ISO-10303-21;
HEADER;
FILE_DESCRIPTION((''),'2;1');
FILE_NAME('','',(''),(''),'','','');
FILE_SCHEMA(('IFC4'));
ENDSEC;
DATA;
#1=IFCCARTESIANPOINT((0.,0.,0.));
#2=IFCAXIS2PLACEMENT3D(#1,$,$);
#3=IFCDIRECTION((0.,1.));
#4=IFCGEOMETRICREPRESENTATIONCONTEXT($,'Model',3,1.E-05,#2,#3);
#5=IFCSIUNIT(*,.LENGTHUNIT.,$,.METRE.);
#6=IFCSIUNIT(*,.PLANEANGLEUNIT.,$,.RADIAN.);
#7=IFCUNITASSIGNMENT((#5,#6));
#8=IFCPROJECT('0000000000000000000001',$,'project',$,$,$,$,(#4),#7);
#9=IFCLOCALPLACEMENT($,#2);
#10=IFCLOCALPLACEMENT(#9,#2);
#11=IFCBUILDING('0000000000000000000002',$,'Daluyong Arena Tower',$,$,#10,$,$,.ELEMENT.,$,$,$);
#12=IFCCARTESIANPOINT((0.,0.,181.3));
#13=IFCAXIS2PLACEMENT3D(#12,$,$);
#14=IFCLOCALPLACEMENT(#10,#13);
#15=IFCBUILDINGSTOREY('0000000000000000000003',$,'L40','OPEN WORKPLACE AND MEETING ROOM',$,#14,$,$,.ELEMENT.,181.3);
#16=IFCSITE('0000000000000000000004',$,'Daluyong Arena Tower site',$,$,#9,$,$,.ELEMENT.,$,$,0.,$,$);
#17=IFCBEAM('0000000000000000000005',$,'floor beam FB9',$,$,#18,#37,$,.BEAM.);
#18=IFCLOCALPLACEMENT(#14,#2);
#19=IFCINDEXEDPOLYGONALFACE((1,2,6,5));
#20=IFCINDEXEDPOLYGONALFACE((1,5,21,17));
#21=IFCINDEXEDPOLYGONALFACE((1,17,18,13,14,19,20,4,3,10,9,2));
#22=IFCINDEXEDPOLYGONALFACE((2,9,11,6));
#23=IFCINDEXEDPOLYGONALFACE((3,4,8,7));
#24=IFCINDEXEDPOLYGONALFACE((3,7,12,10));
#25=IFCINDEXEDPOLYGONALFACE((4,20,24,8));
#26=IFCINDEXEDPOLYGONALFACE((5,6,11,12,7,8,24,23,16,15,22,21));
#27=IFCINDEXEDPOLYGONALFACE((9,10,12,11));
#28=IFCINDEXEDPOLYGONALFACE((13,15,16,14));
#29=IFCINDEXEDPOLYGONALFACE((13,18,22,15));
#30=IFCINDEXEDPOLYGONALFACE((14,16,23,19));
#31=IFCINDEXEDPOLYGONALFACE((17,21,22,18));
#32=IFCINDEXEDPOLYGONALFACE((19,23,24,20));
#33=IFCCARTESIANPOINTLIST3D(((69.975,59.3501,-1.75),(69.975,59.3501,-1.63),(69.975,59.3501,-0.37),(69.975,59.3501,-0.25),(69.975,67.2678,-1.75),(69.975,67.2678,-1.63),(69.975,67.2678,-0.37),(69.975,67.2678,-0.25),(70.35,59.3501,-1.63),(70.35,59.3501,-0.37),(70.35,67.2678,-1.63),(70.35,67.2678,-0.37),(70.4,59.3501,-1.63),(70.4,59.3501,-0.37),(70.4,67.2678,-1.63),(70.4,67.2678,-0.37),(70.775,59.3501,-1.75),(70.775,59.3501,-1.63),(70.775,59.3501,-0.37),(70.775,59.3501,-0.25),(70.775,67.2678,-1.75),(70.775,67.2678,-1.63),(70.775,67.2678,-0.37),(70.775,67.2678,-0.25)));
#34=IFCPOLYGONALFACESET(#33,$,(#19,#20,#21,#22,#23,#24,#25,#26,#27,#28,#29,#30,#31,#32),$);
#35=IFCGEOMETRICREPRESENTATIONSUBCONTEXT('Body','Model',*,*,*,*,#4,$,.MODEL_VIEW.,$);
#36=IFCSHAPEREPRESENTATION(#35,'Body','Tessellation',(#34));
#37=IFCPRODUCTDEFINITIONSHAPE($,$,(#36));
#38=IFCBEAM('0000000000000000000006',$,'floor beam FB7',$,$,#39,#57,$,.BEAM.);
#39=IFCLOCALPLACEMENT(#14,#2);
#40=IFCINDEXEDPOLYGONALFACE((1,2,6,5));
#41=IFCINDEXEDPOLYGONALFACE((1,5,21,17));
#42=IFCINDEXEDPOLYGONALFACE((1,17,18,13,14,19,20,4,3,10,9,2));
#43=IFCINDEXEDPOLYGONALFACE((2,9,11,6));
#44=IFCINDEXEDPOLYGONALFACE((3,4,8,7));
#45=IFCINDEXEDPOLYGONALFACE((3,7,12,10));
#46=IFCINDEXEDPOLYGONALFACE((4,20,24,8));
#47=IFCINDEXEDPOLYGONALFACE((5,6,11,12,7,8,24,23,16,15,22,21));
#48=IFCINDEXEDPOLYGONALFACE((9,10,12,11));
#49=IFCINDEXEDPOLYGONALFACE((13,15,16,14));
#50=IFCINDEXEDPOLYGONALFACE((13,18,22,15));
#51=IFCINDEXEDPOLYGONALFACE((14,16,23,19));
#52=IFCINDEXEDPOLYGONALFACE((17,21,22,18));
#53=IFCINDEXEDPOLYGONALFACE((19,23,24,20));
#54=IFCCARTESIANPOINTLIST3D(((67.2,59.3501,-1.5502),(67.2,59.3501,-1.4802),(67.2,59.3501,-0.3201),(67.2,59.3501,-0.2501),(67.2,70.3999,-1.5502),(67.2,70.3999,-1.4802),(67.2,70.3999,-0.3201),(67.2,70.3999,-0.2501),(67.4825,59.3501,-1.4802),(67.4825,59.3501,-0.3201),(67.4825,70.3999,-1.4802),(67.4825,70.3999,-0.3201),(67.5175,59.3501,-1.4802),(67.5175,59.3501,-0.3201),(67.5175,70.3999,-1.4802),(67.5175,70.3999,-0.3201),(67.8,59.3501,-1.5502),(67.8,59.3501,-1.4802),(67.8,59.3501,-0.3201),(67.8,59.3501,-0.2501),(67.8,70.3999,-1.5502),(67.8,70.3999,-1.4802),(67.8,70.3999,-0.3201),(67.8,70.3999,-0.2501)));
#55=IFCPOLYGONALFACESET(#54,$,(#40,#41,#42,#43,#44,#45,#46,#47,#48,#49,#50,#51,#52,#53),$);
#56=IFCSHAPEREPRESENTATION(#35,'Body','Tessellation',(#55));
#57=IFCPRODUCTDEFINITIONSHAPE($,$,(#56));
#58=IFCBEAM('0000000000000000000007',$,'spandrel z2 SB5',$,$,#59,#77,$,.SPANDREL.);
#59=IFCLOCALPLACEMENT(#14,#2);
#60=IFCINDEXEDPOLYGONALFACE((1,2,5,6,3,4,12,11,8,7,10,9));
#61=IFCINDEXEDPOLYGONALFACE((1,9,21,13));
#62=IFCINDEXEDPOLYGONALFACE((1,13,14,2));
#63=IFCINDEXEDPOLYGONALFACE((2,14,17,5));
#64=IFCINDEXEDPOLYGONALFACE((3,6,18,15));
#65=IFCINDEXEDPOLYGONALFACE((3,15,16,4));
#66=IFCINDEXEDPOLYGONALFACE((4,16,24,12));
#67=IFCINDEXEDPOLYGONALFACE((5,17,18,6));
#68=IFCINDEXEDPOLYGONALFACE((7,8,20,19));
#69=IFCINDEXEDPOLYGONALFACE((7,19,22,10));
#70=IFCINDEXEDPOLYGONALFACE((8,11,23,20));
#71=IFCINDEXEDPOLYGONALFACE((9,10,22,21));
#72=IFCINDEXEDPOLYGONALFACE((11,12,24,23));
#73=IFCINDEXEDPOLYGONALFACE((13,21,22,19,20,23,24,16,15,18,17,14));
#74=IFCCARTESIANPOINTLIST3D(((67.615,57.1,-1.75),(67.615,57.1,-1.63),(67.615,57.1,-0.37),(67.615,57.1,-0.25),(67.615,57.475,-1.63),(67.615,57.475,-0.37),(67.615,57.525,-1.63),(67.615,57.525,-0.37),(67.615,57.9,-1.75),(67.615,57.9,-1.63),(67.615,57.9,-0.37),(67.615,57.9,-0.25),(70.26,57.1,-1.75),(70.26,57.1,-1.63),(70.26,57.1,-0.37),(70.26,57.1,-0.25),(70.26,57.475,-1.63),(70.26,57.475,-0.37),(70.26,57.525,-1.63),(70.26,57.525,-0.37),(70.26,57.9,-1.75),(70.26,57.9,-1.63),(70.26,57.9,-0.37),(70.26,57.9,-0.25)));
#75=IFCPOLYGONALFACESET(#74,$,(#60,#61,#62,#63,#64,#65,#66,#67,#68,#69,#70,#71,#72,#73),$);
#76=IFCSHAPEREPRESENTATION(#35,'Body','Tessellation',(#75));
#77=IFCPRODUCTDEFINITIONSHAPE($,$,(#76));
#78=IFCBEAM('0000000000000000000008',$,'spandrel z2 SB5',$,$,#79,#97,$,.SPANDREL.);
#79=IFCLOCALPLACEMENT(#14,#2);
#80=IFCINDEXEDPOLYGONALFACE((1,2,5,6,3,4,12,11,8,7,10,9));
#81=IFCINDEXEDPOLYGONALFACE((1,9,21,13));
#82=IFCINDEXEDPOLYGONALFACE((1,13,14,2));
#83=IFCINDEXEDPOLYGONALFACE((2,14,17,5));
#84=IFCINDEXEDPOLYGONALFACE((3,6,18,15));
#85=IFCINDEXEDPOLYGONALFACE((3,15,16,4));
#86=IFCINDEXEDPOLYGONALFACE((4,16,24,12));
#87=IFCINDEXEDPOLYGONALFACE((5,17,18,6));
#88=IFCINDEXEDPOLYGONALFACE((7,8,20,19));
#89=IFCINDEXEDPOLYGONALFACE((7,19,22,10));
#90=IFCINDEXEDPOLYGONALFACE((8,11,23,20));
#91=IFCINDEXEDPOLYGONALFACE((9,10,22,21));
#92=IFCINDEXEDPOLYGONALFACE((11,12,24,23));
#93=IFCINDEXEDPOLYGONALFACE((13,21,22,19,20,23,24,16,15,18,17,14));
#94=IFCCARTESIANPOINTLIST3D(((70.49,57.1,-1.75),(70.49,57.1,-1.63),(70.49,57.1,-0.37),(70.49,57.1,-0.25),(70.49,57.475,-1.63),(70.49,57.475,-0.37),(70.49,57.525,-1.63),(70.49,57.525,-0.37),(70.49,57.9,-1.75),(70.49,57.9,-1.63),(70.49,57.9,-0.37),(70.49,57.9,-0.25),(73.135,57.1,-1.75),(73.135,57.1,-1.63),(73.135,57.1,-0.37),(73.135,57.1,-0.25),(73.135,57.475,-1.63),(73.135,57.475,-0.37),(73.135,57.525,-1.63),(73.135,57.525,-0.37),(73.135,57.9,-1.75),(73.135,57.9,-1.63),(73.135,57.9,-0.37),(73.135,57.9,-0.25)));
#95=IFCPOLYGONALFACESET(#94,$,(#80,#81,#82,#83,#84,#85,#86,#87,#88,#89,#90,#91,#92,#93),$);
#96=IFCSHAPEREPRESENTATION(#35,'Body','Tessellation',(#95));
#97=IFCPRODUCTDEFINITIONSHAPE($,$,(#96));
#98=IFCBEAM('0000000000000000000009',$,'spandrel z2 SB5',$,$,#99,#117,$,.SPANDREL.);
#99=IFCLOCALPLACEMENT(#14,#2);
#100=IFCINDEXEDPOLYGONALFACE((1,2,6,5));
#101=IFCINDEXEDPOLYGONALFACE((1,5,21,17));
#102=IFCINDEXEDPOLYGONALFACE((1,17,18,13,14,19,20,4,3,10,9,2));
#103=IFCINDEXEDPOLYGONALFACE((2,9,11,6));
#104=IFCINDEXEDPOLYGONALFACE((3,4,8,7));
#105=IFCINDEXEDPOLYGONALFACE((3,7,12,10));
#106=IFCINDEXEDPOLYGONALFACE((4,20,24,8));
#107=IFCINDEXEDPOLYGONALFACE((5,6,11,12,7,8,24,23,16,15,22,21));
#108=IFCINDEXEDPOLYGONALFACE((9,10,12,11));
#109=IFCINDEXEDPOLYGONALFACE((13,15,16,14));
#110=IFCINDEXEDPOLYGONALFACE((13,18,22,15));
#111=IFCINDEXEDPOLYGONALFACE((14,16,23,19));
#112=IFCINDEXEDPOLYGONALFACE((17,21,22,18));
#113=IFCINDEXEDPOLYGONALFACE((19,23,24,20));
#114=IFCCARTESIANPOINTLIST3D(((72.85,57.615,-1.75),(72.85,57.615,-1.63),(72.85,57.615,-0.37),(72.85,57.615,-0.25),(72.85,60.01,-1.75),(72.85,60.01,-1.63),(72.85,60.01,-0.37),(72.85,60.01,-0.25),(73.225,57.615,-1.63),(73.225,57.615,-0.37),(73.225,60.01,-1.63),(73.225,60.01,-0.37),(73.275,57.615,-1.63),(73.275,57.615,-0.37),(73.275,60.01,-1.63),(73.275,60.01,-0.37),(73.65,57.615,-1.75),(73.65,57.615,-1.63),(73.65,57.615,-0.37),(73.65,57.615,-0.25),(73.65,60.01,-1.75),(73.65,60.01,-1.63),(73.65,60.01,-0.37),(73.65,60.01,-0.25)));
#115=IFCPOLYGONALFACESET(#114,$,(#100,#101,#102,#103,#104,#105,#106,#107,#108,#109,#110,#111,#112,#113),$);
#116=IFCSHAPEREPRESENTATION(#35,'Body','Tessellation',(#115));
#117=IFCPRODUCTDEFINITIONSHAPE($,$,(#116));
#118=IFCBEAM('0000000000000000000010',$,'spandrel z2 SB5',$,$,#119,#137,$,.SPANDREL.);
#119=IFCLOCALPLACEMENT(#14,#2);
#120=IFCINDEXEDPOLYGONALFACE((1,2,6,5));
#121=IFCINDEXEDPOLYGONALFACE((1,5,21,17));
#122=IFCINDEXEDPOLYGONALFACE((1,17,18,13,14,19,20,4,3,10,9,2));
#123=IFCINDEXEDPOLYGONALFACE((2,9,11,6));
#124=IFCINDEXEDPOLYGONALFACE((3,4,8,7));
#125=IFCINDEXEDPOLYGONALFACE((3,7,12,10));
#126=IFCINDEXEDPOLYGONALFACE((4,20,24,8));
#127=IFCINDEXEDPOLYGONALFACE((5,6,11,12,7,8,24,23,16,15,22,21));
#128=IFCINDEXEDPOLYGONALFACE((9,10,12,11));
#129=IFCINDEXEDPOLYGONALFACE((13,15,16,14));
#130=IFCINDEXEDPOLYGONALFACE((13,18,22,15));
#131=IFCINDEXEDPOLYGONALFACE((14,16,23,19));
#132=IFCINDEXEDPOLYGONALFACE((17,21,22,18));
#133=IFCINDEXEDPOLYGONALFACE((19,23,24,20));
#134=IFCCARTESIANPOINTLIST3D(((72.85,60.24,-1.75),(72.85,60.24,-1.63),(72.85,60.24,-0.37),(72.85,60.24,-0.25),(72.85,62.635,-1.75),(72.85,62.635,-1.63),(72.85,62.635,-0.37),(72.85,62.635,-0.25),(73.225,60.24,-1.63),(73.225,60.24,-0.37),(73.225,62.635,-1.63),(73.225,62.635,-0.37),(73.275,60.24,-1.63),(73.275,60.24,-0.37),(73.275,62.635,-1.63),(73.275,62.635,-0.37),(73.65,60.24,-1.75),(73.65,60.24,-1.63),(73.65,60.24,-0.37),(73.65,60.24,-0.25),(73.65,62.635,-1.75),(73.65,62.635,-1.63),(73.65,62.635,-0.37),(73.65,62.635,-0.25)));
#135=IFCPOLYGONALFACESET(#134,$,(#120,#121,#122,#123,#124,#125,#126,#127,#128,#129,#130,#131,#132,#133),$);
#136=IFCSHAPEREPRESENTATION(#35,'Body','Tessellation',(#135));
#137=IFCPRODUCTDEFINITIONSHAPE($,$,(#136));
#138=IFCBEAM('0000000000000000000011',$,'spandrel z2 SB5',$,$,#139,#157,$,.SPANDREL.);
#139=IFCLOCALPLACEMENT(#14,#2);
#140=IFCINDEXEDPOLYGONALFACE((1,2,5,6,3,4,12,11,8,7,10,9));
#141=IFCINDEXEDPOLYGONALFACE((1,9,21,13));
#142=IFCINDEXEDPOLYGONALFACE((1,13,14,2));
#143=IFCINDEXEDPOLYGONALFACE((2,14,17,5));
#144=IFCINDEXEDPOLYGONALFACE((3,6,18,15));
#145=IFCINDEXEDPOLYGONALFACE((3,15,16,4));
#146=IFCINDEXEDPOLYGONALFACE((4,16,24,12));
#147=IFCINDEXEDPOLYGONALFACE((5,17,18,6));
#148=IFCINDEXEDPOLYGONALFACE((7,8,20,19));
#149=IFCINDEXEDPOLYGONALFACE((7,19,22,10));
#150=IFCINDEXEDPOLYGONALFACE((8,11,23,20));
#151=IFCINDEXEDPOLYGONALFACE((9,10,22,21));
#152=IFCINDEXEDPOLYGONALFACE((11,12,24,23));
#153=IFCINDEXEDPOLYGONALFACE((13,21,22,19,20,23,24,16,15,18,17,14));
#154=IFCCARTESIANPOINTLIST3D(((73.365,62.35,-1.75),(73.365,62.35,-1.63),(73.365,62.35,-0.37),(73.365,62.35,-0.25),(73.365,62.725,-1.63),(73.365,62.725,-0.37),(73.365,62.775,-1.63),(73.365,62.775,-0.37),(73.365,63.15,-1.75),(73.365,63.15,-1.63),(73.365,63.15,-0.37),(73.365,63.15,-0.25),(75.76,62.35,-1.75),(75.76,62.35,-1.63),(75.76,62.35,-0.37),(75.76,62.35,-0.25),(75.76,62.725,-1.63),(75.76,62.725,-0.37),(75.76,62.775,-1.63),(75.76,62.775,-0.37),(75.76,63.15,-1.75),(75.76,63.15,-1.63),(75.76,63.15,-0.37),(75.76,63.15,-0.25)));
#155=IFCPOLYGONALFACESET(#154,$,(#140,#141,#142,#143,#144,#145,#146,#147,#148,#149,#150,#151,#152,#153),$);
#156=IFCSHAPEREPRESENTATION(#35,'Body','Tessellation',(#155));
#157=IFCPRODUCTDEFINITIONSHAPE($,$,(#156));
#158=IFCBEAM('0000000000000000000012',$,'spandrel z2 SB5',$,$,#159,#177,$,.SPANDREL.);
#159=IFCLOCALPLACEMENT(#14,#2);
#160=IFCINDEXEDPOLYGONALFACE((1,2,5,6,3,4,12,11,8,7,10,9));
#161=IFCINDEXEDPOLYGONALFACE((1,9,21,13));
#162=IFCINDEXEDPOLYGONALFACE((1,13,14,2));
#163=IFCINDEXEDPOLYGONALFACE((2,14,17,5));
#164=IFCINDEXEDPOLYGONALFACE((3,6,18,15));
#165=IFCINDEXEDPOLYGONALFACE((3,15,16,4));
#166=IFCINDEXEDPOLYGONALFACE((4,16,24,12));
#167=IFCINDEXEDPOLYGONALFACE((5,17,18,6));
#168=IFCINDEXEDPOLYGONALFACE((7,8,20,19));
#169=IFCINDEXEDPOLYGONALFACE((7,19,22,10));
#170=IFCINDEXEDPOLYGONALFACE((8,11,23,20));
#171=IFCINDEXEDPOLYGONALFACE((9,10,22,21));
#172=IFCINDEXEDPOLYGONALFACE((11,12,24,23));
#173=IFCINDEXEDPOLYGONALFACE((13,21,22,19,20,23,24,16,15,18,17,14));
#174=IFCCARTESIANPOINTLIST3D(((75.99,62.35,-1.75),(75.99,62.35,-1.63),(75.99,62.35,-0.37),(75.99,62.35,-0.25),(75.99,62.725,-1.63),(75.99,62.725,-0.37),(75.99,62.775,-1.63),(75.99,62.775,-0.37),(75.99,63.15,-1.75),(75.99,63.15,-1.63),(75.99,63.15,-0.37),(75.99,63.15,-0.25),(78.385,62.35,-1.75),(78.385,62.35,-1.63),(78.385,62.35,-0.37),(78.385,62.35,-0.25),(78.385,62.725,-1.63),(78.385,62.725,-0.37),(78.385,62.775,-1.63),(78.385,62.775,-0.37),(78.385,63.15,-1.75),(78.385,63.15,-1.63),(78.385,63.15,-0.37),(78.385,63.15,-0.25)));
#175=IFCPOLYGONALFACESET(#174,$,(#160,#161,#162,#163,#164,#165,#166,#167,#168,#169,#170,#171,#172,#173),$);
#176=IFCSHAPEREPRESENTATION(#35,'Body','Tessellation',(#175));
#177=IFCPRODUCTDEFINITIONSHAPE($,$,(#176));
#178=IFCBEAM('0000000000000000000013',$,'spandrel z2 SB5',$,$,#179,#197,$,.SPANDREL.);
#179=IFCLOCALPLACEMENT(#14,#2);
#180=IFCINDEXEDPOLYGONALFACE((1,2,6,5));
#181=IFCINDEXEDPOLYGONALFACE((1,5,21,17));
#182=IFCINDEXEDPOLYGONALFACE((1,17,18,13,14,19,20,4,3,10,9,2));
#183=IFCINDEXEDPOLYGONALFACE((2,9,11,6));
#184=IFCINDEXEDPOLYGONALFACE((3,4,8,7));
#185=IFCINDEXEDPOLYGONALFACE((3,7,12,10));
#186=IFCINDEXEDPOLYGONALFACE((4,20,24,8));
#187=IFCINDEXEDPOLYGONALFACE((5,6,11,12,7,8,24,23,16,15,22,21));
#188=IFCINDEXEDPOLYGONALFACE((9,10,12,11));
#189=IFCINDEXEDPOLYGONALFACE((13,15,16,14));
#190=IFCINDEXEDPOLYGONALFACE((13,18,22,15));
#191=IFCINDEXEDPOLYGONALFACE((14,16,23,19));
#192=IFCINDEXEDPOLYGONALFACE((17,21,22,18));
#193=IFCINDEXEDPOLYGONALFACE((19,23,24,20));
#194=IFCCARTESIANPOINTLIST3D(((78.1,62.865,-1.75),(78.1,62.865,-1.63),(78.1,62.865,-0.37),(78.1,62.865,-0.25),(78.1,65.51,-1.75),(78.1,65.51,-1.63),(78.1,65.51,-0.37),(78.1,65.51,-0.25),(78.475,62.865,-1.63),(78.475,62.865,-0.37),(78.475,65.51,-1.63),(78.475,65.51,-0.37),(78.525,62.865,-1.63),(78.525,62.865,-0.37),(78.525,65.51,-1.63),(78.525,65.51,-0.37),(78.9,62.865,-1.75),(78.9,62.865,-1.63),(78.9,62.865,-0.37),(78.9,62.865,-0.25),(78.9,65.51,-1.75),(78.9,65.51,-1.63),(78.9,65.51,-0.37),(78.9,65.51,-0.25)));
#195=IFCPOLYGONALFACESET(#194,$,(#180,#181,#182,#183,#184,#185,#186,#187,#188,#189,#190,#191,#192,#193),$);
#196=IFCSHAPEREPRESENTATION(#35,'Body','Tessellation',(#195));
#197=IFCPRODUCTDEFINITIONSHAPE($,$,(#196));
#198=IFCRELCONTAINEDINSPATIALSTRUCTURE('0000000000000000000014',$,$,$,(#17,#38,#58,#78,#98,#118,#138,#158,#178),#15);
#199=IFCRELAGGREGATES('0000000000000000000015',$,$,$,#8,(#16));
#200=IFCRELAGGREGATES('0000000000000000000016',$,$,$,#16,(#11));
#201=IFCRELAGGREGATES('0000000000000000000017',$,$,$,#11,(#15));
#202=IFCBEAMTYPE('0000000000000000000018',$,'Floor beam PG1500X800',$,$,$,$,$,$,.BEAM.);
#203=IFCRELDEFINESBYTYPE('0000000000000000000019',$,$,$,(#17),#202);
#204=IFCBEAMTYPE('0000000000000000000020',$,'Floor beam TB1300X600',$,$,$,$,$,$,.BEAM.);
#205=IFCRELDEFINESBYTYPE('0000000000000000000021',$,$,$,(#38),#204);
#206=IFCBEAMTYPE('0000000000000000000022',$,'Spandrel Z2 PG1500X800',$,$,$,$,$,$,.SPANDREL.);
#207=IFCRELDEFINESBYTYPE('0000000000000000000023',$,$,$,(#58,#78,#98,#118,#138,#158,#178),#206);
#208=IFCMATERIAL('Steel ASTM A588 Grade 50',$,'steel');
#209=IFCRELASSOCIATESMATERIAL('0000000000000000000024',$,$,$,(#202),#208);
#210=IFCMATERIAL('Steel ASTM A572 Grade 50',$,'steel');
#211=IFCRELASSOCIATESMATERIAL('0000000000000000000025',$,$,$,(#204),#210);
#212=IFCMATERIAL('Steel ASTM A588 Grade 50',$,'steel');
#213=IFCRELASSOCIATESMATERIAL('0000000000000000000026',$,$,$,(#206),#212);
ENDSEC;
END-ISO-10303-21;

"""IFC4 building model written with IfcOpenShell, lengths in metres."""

from ifc_helpers import new_model, si_unit, direction, frame, origin, origin_2d, place, context, subcontext, project, spatial, i_section, extrude, material, material_profile, profile_set, type_object, element, save


model = new_model("IFC4")

# Units and contexts
model_context = context("Model", 3, precision=1e-05, world=origin(), true_north=direction((0.0, 1.0)))
body_context = subcontext(model_context, "Body", "Model", "MODEL_VIEW")
ifc_project = project(units=[si_unit("LENGTHUNIT", "METRE"), si_unit("PLANEANGLEUNIT", "RADIAN")], contexts=[model_context])

# Site, building, storey
site_placement = place(None, origin())
site = spatial("IfcSite", under=ifc_project, at=site_placement, Name="Daluyong Arena Tower site", CompositionType="ELEMENT", RefElevation=0.0)
building_placement = place(site_placement, origin())
building = spatial("IfcBuilding", under=site, at=building_placement, Name="Daluyong Arena Tower", CompositionType="ELEMENT")
storey_placement = place(building_placement, frame((0.0, 0.0, 181.3)))
storey = spatial("IfcBuildingStorey", under=building, at=storey_placement, Name="L40", Description="OPEN WORKPLACE AND MEETING ROOM", CompositionType="ELEMENT", Elevation=181.3)

# Beams
ifc_material_1 = material(Name="Steel ASTM A588 Grade 50", Category="steel")
ifc_material_profile_1 = material_profile(ifc_material_1, i_section(OverallWidth=0.8, OverallDepth=1.5, WebThickness=0.05, FlangeThickness=0.12, at=origin_2d()))
ifc_profile_set_1 = profile_set([ifc_material_profile_1], Name="Steel ASTM A588 Grade 50")
beam_type_1 = type_object("IfcBeamType", Name="Floor beam PG1500X800", PredefinedType="BEAM", material=ifc_profile_set_1)
beam_1_placement = place(storey_placement, frame((70.375, 59.3501, -1.0), z_axis=(0.0, 1.0, 0.0), x_axis=(-1.0, 0.0, 0.0)))
element("IfcBeam", 1, at=beam_1_placement, inside=storey, type_object=beam_type_1, Name="floor beam FB9", PredefinedType="BEAM", context=body_context, shape_type="SweptSolid", body=[
    extrude(i_section(OverallWidth=0.8, OverallDepth=1.5, WebThickness=0.05, FlangeThickness=0.12, at=origin_2d()), origin(), (0.0, 0.0, 1.0), 7.9177),
])
ifc_material_2 = material(Name="Steel ASTM A572 Grade 50", Category="steel")
ifc_material_profile_2 = material_profile(ifc_material_2, i_section(OverallWidth=0.6001, OverallDepth=1.3, WebThickness=0.035, FlangeThickness=0.07, at=origin_2d()))
ifc_profile_set_2 = profile_set([ifc_material_profile_2], Name="Steel ASTM A572 Grade 50")
beam_type_2 = type_object("IfcBeamType", Name="Floor beam TB1300X600", PredefinedType="BEAM", material=ifc_profile_set_2)
beam_2_placement = place(storey_placement, frame((67.5, 59.3501, -0.9001), z_axis=(0.0, 1.0, 0.0), x_axis=(-1.0, 0.0, 0.0)))
element("IfcBeam", 2, at=beam_2_placement, inside=storey, type_object=beam_type_2, Name="floor beam FB7", PredefinedType="BEAM", context=body_context, shape_type="SweptSolid", body=[
    extrude(i_section(OverallWidth=0.6001, OverallDepth=1.3, WebThickness=0.035, FlangeThickness=0.07, at=origin_2d()), origin(), (0.0, 0.0, 1.0), 11.0498),
])
ifc_material_3 = material(Name="Steel ASTM A588 Grade 50", Category="steel")
ifc_material_profile_3 = material_profile(ifc_material_3, i_section(OverallWidth=0.8, OverallDepth=1.5, WebThickness=0.05, FlangeThickness=0.12, at=origin_2d()))
ifc_profile_set_3 = profile_set([ifc_material_profile_3], Name="Steel ASTM A588 Grade 50")
beam_type_3 = type_object("IfcBeamType", Name="Spandrel Z2 PG1500X800", PredefinedType="SPANDREL", material=ifc_profile_set_3)
for number, where, z_axis, x_axis, name in (
    (3, (67.615, 57.5, -1.0), (1.0, 0.0, 0.0), (0.0, 1.0, 0.0), "spandrel z2 SB5"),
    (4, (70.49, 57.5, -1.0), (1.0, 0.0, 0.0), (0.0, 1.0, 0.0), "spandrel z2 SB5"),
):
    element("IfcBeam", number, at=place(storey_placement, frame(where, z_axis=z_axis, x_axis=x_axis)), inside=storey, type_object=beam_type_3, Name=name, PredefinedType="SPANDREL", context=body_context, shape_type="SweptSolid", body=[
        extrude(i_section(OverallWidth=0.8, OverallDepth=1.5, WebThickness=0.05, FlangeThickness=0.12, at=origin_2d()), origin(), (0.0, 0.0, 1.0), 2.645),
    ])
for number, where, z_axis, x_axis, name in (
    (5, (73.25, 57.615, -1.0), (0.0, 1.0, 0.0), (-1.0, 0.0, 0.0), "spandrel z2 SB5"),
    (6, (73.25, 60.24, -1.0), (0.0, 1.0, 0.0), (-1.0, 0.0, 0.0), "spandrel z2 SB5"),
    (7, (73.365, 62.75, -1.0), (1.0, 0.0, 0.0), (0.0, 1.0, 0.0), "spandrel z2 SB5"),
    (8, (75.99, 62.75, -1.0), (1.0, 0.0, 0.0), (0.0, 1.0, 0.0), "spandrel z2 SB5"),
):
    element("IfcBeam", number, at=place(storey_placement, frame(where, z_axis=z_axis, x_axis=x_axis)), inside=storey, type_object=beam_type_3, Name=name, PredefinedType="SPANDREL", context=body_context, shape_type="SweptSolid", body=[
        extrude(i_section(OverallWidth=0.8, OverallDepth=1.5, WebThickness=0.05, FlangeThickness=0.12, at=origin_2d()), origin(), (0.0, 0.0, 1.0), 2.395),
    ])
beam_3_placement = place(storey_placement, frame((78.5, 62.865, -1.0), z_axis=(0.0, 1.0, 0.0), x_axis=(-1.0, 0.0, 0.0)))
element("IfcBeam", 9, at=beam_3_placement, inside=storey, type_object=beam_type_3, Name="spandrel z2 SB5", PredefinedType="SPANDREL", context=body_context, shape_type="SweptSolid", body=[
    extrude(i_section(OverallWidth=0.8, OverallDepth=1.5, WebThickness=0.05, FlangeThickness=0.12, at=origin_2d()), origin(), (0.0, 0.0, 1.0), 2.645),
])

save(model, "model.ifc")
